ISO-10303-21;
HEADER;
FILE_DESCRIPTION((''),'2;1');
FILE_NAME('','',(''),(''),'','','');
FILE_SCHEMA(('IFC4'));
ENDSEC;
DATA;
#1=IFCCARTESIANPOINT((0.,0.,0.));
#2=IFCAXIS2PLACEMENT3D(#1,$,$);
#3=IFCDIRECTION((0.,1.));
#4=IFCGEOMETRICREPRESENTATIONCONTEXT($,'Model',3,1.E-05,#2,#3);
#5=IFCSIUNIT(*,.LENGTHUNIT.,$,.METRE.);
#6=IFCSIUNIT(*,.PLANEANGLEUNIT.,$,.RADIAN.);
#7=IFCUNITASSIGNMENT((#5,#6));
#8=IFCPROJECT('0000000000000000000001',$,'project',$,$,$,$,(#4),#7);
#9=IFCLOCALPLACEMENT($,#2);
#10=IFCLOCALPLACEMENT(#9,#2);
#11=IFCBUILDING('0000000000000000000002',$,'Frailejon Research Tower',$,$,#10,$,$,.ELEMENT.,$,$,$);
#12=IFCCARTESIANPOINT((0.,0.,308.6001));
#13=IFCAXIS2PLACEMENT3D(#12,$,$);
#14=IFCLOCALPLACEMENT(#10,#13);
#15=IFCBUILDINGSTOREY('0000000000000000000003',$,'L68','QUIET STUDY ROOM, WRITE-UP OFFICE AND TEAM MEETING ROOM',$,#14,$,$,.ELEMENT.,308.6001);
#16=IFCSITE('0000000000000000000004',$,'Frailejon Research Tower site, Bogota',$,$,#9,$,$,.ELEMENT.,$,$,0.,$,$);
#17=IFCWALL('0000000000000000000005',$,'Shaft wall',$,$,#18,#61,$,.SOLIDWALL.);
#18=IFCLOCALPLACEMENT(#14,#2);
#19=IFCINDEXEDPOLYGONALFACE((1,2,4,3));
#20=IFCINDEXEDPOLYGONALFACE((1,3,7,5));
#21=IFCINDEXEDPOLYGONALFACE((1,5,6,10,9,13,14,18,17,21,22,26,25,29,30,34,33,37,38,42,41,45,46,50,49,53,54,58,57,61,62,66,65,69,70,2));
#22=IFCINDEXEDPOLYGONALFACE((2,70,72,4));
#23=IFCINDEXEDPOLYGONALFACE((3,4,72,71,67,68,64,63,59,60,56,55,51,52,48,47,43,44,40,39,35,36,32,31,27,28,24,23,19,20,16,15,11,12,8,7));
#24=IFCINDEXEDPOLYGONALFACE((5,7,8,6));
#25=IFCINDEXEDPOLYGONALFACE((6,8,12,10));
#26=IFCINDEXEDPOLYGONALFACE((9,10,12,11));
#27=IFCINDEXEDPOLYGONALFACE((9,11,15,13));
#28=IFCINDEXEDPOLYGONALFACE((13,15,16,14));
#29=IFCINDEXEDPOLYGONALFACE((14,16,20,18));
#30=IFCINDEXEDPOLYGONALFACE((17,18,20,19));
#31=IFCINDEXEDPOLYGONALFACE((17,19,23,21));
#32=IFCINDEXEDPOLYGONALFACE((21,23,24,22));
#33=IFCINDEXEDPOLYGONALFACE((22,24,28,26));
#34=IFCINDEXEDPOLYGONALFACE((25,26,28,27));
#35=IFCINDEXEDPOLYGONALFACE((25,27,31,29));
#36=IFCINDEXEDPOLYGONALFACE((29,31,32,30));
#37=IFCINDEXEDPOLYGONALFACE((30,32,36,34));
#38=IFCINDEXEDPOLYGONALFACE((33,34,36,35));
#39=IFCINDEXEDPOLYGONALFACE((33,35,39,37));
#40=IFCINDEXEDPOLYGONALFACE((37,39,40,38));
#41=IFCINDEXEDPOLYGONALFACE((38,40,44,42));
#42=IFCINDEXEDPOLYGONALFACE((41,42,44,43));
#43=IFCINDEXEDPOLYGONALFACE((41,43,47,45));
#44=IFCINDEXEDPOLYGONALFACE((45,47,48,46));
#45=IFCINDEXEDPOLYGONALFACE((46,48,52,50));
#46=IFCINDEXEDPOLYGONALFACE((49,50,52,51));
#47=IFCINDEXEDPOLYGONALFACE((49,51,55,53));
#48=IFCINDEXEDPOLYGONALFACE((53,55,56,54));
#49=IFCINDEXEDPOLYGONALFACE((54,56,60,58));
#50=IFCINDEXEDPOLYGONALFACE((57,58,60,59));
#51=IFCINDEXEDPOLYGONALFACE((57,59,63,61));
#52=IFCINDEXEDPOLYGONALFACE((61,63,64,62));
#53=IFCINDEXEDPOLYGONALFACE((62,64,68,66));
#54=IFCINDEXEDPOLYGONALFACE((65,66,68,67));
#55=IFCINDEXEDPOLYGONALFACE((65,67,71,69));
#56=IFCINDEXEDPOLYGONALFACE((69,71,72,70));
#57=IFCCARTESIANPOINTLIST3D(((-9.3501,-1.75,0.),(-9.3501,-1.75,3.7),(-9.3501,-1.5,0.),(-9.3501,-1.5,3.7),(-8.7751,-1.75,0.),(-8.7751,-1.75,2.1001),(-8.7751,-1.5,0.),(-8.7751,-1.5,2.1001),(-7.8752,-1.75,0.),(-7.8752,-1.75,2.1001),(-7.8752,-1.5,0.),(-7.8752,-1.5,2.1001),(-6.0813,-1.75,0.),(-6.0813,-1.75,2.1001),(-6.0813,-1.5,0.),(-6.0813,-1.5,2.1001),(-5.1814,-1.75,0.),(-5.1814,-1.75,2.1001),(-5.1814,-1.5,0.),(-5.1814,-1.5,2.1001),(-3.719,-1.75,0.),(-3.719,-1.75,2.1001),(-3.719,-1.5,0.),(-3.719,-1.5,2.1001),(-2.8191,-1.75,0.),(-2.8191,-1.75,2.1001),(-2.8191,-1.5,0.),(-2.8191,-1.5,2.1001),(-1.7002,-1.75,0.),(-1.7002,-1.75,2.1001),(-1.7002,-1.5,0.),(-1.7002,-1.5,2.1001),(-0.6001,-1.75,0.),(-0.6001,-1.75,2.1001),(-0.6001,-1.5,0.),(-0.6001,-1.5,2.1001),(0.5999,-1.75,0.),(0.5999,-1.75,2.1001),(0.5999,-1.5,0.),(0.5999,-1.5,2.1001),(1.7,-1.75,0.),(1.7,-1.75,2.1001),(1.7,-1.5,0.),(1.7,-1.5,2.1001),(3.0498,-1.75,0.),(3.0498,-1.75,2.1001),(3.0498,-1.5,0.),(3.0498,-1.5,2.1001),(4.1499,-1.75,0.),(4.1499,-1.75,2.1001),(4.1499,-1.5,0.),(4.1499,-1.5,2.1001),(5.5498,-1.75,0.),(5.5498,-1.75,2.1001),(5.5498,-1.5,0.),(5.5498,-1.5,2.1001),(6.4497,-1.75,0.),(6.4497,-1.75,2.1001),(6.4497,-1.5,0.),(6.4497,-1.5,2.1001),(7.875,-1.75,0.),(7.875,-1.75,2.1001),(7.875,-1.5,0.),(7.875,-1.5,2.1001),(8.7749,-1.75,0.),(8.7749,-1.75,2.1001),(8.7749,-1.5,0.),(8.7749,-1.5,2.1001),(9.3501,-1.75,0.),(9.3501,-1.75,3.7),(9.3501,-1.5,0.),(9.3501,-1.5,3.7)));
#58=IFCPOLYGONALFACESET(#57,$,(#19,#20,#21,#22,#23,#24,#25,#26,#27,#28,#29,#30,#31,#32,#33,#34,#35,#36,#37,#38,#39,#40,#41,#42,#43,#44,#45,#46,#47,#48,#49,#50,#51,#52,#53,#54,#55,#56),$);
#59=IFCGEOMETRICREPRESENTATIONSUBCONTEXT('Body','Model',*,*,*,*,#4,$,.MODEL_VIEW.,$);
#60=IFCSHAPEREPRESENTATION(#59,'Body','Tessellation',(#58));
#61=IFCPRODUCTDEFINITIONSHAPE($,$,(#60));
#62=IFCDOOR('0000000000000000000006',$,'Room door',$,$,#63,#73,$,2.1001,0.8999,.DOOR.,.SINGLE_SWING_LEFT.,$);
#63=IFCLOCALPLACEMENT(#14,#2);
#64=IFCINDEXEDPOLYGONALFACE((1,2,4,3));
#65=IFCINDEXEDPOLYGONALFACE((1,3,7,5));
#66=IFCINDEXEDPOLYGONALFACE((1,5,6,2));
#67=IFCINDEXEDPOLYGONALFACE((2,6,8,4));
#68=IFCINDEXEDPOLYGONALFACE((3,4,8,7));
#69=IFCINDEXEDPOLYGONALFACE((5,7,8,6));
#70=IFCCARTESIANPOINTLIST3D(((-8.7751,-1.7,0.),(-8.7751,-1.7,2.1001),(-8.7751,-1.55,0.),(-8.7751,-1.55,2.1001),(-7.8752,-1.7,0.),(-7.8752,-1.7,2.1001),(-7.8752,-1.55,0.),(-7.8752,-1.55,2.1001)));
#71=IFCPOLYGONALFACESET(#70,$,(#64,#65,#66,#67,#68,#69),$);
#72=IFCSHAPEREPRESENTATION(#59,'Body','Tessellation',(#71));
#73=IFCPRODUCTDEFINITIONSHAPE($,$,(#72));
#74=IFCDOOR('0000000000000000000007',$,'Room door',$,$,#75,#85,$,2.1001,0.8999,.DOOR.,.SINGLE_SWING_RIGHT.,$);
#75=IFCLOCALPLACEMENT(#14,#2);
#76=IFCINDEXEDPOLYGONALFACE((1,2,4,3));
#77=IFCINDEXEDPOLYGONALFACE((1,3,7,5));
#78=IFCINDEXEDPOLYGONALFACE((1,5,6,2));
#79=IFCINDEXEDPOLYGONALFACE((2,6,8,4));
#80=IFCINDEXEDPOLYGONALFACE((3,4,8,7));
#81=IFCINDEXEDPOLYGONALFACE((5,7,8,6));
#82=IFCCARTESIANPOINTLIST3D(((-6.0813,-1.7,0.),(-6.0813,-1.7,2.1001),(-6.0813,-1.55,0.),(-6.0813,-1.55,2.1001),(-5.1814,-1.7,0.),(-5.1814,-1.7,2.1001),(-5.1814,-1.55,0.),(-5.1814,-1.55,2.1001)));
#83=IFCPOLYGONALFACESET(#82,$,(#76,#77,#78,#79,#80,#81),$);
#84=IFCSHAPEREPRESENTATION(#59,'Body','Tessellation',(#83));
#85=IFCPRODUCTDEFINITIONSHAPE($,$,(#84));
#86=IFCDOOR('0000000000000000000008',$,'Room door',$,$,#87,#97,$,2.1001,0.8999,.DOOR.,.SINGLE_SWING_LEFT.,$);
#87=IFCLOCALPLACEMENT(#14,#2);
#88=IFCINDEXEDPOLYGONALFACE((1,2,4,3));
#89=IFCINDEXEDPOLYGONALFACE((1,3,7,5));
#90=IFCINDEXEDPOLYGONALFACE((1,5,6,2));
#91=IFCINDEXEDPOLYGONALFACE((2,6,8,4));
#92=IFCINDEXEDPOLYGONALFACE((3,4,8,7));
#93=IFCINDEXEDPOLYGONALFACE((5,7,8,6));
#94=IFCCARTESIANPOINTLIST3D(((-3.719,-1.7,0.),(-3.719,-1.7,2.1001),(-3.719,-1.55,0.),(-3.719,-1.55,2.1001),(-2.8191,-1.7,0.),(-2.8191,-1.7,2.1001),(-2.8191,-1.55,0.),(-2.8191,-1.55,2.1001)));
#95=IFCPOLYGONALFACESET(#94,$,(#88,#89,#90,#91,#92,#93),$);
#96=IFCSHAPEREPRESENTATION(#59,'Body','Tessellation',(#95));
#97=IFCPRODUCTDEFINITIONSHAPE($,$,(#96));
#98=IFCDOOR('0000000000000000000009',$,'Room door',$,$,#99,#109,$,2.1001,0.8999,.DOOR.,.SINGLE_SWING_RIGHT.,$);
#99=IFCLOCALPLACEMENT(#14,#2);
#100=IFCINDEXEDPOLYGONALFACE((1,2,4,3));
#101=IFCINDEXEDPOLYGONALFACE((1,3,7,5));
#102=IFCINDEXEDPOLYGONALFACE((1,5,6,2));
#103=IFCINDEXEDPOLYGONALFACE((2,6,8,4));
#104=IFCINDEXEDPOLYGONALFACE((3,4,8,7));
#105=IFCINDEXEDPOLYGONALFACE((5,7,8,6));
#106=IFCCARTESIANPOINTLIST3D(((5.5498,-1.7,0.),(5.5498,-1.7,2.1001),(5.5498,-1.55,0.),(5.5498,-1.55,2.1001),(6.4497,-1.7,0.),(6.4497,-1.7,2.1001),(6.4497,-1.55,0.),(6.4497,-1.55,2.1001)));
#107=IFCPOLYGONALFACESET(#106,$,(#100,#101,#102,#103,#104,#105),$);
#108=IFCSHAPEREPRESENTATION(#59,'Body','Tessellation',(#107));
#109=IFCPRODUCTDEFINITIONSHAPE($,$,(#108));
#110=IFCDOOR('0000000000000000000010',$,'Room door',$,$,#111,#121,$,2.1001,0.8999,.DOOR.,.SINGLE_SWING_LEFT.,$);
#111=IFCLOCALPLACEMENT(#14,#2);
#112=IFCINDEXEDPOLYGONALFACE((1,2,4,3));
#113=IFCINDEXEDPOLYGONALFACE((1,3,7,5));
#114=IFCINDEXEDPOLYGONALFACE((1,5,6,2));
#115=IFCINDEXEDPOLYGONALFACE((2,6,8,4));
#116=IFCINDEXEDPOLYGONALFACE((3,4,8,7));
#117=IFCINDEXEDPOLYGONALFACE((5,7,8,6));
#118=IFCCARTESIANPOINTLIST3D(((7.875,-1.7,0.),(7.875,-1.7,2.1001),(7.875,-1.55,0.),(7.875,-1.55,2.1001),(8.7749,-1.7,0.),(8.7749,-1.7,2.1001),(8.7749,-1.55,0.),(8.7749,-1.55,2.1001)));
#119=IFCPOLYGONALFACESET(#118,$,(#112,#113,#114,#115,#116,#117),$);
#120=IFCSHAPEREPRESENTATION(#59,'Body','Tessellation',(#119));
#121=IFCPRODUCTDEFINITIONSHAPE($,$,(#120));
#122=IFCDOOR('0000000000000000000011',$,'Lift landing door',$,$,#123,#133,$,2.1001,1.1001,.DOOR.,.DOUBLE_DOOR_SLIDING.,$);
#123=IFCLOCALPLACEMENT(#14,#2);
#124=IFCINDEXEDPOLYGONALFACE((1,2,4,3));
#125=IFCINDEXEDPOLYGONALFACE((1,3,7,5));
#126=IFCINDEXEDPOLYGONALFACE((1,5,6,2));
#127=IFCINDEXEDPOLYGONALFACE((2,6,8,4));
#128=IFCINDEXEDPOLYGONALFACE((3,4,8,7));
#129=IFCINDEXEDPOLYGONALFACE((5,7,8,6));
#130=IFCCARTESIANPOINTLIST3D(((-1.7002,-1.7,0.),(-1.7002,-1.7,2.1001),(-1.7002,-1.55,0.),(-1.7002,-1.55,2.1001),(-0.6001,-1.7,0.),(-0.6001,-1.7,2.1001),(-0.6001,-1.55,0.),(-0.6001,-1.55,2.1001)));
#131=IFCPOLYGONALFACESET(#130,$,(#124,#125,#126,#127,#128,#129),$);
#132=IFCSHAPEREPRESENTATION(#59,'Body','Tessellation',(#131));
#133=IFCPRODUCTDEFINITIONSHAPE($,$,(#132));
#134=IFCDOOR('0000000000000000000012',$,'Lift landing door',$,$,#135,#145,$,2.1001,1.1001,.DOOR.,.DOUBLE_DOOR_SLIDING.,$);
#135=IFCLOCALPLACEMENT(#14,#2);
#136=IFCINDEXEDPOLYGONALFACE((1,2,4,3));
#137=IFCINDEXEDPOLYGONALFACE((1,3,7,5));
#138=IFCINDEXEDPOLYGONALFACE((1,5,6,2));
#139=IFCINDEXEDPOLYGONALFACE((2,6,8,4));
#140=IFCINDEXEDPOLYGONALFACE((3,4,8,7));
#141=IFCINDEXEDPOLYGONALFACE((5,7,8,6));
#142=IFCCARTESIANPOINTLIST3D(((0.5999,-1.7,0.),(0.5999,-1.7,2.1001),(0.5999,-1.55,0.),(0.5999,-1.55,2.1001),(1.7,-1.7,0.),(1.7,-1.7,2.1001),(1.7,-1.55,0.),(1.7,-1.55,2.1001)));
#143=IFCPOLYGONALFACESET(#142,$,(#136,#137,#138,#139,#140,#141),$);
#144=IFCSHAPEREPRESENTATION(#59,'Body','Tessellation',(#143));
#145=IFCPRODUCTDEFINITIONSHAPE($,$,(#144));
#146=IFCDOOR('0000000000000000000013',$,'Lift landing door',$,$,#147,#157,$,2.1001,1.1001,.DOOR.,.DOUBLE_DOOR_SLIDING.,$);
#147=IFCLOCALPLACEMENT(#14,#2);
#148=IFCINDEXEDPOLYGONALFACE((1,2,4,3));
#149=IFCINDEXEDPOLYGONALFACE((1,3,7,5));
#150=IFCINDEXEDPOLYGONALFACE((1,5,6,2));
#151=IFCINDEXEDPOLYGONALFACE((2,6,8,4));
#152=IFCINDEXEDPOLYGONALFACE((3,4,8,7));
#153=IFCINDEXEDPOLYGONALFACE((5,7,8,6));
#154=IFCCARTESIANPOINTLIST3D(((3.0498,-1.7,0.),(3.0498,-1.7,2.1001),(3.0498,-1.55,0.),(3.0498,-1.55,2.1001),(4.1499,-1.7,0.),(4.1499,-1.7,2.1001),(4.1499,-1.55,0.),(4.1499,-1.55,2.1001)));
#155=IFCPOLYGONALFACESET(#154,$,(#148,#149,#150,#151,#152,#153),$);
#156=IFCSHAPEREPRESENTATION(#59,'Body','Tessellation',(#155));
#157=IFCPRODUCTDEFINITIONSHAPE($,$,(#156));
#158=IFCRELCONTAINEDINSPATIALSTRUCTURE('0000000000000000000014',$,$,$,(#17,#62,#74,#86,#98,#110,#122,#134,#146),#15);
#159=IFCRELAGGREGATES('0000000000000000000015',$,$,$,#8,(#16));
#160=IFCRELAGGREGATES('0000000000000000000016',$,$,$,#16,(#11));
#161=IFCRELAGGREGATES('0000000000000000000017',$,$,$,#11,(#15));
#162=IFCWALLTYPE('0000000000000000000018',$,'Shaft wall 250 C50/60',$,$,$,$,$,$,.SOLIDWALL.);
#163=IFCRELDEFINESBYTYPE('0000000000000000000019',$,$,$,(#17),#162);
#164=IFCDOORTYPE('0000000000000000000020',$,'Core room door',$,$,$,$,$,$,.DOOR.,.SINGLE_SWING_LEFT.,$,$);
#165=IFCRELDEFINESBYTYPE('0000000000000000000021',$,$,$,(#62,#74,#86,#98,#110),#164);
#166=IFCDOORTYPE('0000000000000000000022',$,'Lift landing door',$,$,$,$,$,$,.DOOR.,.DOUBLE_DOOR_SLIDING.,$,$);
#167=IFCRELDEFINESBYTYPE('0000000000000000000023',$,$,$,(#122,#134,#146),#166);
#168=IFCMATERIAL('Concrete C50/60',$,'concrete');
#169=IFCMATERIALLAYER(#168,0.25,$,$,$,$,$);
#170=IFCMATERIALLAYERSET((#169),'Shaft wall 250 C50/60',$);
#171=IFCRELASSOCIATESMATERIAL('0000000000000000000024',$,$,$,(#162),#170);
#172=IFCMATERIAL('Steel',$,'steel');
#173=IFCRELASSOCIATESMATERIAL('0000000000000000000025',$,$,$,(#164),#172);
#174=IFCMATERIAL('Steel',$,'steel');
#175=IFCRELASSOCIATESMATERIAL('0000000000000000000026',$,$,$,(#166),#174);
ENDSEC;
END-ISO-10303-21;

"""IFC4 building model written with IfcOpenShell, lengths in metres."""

from ifc_helpers import new_model, si_unit, direction, frame, frame_2d, origin, place, context, subcontext, project, spatial, rectangle, extrude, material, layer, layer_set, type_object, element, fill, save


model = new_model("IFC4")

# Units and contexts
model_context = context("Model", 3, precision=1e-05, world=origin(), true_north=direction((0.0, 1.0)))
body_context = subcontext(model_context, "Body", "Model", "MODEL_VIEW")
ifc_project = project(units=[si_unit("LENGTHUNIT", "METRE"), si_unit("PLANEANGLEUNIT", "RADIAN")], contexts=[model_context])

# Site, building, storey
site_placement = place(None, origin())
site = spatial("IfcSite", under=ifc_project, at=site_placement, Name="Frailejon Research Tower site, Bogota", CompositionType="ELEMENT", RefElevation=0.0)
building_placement = place(site_placement, origin())
building = spatial("IfcBuilding", under=site, at=building_placement, Name="Frailejon Research Tower", CompositionType="ELEMENT")
storey_placement = place(building_placement, frame((0.0, 0.0, 308.6001)))
storey = spatial("IfcBuildingStorey", under=building, at=storey_placement, Name="L68", Description="QUIET STUDY ROOM, WRITE-UP OFFICE AND TEAM MEETING ROOM", CompositionType="ELEMENT", Elevation=308.6001)

# Wall, openings, doors
ifc_material_1 = material(Name="Concrete C50/60", Category="concrete")
ifc_layer_1 = layer(ifc_material_1, 0.25)
ifc_layer_set_1 = layer_set([ifc_layer_1], Name="Shaft wall 250 C50/60")
wall_type_1 = type_object("IfcWallType", Name="Shaft wall 250 C50/60", PredefinedType="SOLIDWALL", material=ifc_layer_set_1)
wall_1_placement = place(storey_placement, frame((-9.3501, -1.625, 0.0), z_axis=(0.0, 0.0, 1.0), x_axis=(1.0, 0.0, 0.0)))
wall_1 = element("IfcWall", 1, at=wall_1_placement, inside=storey, type_object=wall_type_1, Name="Shaft wall", PredefinedType="SOLIDWALL", context=body_context, shape_type="SweptSolid", body=[
    extrude(rectangle(XDim=18.7002, YDim=0.25, at=frame_2d((9.3501, 0.0))), origin(), (0.0, 0.0, 1.0), 3.7),
])
opening_1_placement = place(wall_1_placement, frame((7.6499, 0.0, 0.0)))
opening_1 = element("IfcOpeningElement", 2, at=opening_1_placement, cuts=wall_1, PredefinedType="OPENING", context=body_context, shape_type="SweptSolid", body=[
    extrude(rectangle(XDim=1.1001, YDim=2.1001, at=frame_2d((0.55, 1.05))), frame((0.0, 0.135, 0.0), z_axis=(0.0, -1.0, 0.0), x_axis=(1.0, 0.0, 0.0)), (0.0, 0.0, 1.0), 0.27),
])
opening_2_placement = place(wall_1_placement, frame((9.95, 0.0, 0.0)))
opening_2 = element("IfcOpeningElement", 3, at=opening_2_placement, cuts=wall_1, PredefinedType="OPENING", context=body_context, shape_type="SweptSolid", body=[
    extrude(rectangle(XDim=1.1001, YDim=2.1001, at=frame_2d((0.55, 1.05))), frame((0.0, 0.135, 0.0), z_axis=(0.0, -1.0, 0.0), x_axis=(1.0, 0.0, 0.0)), (0.0, 0.0, 1.0), 0.27),
])
opening_3_placement = place(wall_1_placement, frame((12.3999, 0.0, 0.0)))
opening_3 = element("IfcOpeningElement", 4, at=opening_3_placement, cuts=wall_1, PredefinedType="OPENING", context=body_context, shape_type="SweptSolid", body=[
    extrude(rectangle(XDim=1.1001, YDim=2.1001, at=frame_2d((0.55, 1.05))), frame((0.0, 0.135, 0.0), z_axis=(0.0, -1.0, 0.0), x_axis=(1.0, 0.0, 0.0)), (0.0, 0.0, 1.0), 0.27),
])
opening_4_placement = place(wall_1_placement, frame((0.575, 0.0, 0.0)))
opening_4 = element("IfcOpeningElement", 5, at=opening_4_placement, cuts=wall_1, PredefinedType="OPENING", context=body_context, shape_type="SweptSolid", body=[
    extrude(rectangle(XDim=0.8999, YDim=2.1001, at=frame_2d((0.45, 1.05))), frame((0.0, 0.135, 0.0), z_axis=(0.0, -1.0, 0.0), x_axis=(1.0, 0.0, 0.0)), (0.0, 0.0, 1.0), 0.27),
])
opening_5_placement = place(wall_1_placement, frame((3.2688, 0.0, 0.0)))
opening_5 = element("IfcOpeningElement", 6, at=opening_5_placement, cuts=wall_1, PredefinedType="OPENING", context=body_context, shape_type="SweptSolid", body=[
    extrude(rectangle(XDim=0.8999, YDim=2.1001, at=frame_2d((0.45, 1.05))), frame((0.0, 0.135, 0.0), z_axis=(0.0, -1.0, 0.0), x_axis=(1.0, 0.0, 0.0)), (0.0, 0.0, 1.0), 0.27),
])
opening_6_placement = place(wall_1_placement, frame((5.6311, 0.0, 0.0)))
opening_6 = element("IfcOpeningElement", 7, at=opening_6_placement, cuts=wall_1, PredefinedType="OPENING", context=body_context, shape_type="SweptSolid", body=[
    extrude(rectangle(XDim=0.8999, YDim=2.1001, at=frame_2d((0.45, 1.05))), frame((0.0, 0.135, 0.0), z_axis=(0.0, -1.0, 0.0), x_axis=(1.0, 0.0, 0.0)), (0.0, 0.0, 1.0), 0.27),
])
opening_7_placement = place(wall_1_placement, frame((14.8999, 0.0, 0.0)))
opening_7 = element("IfcOpeningElement", 8, at=opening_7_placement, cuts=wall_1, PredefinedType="OPENING", context=body_context, shape_type="SweptSolid", body=[
    extrude(rectangle(XDim=0.8999, YDim=2.1001, at=frame_2d((0.45, 1.05))), frame((0.0, 0.135, 0.0), z_axis=(0.0, -1.0, 0.0), x_axis=(1.0, 0.0, 0.0)), (0.0, 0.0, 1.0), 0.27),
])
opening_8_placement = place(wall_1_placement, frame((17.2251, 0.0, 0.0)))
opening_8 = element("IfcOpeningElement", 9, at=opening_8_placement, cuts=wall_1, PredefinedType="OPENING", context=body_context, shape_type="SweptSolid", body=[
    extrude(rectangle(XDim=0.8999, YDim=2.1001, at=frame_2d((0.45, 1.05))), frame((0.0, 0.135, 0.0), z_axis=(0.0, -1.0, 0.0), x_axis=(1.0, 0.0, 0.0)), (0.0, 0.0, 1.0), 0.27),
])
ifc_material_2 = material(Name="Steel", Category="steel")
door_type_1 = type_object("IfcDoorType", Name="Core room door", OperationType="SINGLE_SWING_LEFT", PredefinedType="DOOR", material=ifc_material_2)
door_1_placement = place(opening_4_placement, origin())
door_1 = element("IfcDoor", 10, at=door_1_placement, inside=storey, type_object=door_type_1, Name="Room door", OperationType="SINGLE_SWING_LEFT", OverallHeight=2.1001, OverallWidth=0.8999, PredefinedType="DOOR", context=body_context, shape_type="SweptSolid", body=[
    extrude(rectangle(XDim=0.8999, YDim=2.1001, at=frame_2d((0.45, 1.05))), frame((0.0, 0.075, 0.0), z_axis=(0.0, -1.0, 0.0), x_axis=(1.0, 0.0, 0.0)), (0.0, 0.0, 1.0), 0.1499),
])
fill(opening_4, door_1)
door_2_placement = place(opening_5_placement, origin())
door_2 = element("IfcDoor", 11, at=door_2_placement, inside=storey, type_object=door_type_1, Name="Room door", OperationType="SINGLE_SWING_RIGHT", OverallHeight=2.1001, OverallWidth=0.8999, PredefinedType="DOOR", context=body_context, shape_type="SweptSolid", body=[
    extrude(rectangle(XDim=0.8999, YDim=2.1001, at=frame_2d((0.45, 1.05))), frame((0.0, 0.075, 0.0), z_axis=(0.0, -1.0, 0.0), x_axis=(1.0, 0.0, 0.0)), (0.0, 0.0, 1.0), 0.1499),
])
fill(opening_5, door_2)
door_3_placement = place(opening_6_placement, origin())
door_3 = element("IfcDoor", 12, at=door_3_placement, inside=storey, type_object=door_type_1, Name="Room door", OperationType="SINGLE_SWING_LEFT", OverallHeight=2.1001, OverallWidth=0.8999, PredefinedType="DOOR", context=body_context, shape_type="SweptSolid", body=[
    extrude(rectangle(XDim=0.8999, YDim=2.1001, at=frame_2d((0.45, 1.05))), frame((0.0, 0.075, 0.0), z_axis=(0.0, -1.0, 0.0), x_axis=(1.0, 0.0, 0.0)), (0.0, 0.0, 1.0), 0.1499),
])
fill(opening_6, door_3)
door_4_placement = place(opening_7_placement, origin())
door_4 = element("IfcDoor", 13, at=door_4_placement, inside=storey, type_object=door_type_1, Name="Room door", OperationType="SINGLE_SWING_RIGHT", OverallHeight=2.1001, OverallWidth=0.8999, PredefinedType="DOOR", context=body_context, shape_type="SweptSolid", body=[
    extrude(rectangle(XDim=0.8999, YDim=2.1001, at=frame_2d((0.45, 1.05))), frame((0.0, 0.075, 0.0), z_axis=(0.0, -1.0, 0.0), x_axis=(1.0, 0.0, 0.0)), (0.0, 0.0, 1.0), 0.1499),
])
fill(opening_7, door_4)
door_5_placement = place(opening_8_placement, origin())
door_5 = element("IfcDoor", 14, at=door_5_placement, inside=storey, type_object=door_type_1, Name="Room door", OperationType="SINGLE_SWING_LEFT", OverallHeight=2.1001, OverallWidth=0.8999, PredefinedType="DOOR", context=body_context, shape_type="SweptSolid", body=[
    extrude(rectangle(XDim=0.8999, YDim=2.1001, at=frame_2d((0.45, 1.05))), frame((0.0, 0.075, 0.0), z_axis=(0.0, -1.0, 0.0), x_axis=(1.0, 0.0, 0.0)), (0.0, 0.0, 1.0), 0.1499),
])
fill(opening_8, door_5)
ifc_material_3 = material(Name="Steel", Category="steel")
door_type_2 = type_object("IfcDoorType", Name="Lift landing door", OperationType="DOUBLE_DOOR_SLIDING", PredefinedType="DOOR", material=ifc_material_3)
door_6_placement = place(opening_1_placement, origin())
door_6 = element("IfcDoor", 15, at=door_6_placement, inside=storey, type_object=door_type_2, Name="Lift landing door", OperationType="DOUBLE_DOOR_SLIDING", OverallHeight=2.1001, OverallWidth=1.1001, PredefinedType="DOOR", context=body_context, shape_type="SweptSolid", body=[
    extrude(rectangle(XDim=1.1001, YDim=2.1001, at=frame_2d((0.55, 1.05))), frame((0.0, 0.075, 0.0), z_axis=(0.0, -1.0, 0.0), x_axis=(1.0, 0.0, 0.0)), (0.0, 0.0, 1.0), 0.1499),
])
fill(opening_1, door_6)
door_7_placement = place(opening_2_placement, origin())
door_7 = element("IfcDoor", 16, at=door_7_placement, inside=storey, type_object=door_type_2, Name="Lift landing door", OperationType="DOUBLE_DOOR_SLIDING", OverallHeight=2.1001, OverallWidth=1.1001, PredefinedType="DOOR", context=body_context, shape_type="SweptSolid", body=[
    extrude(rectangle(XDim=1.1001, YDim=2.1001, at=frame_2d((0.55, 1.05))), frame((0.0, 0.075, 0.0), z_axis=(0.0, -1.0, 0.0), x_axis=(1.0, 0.0, 0.0)), (0.0, 0.0, 1.0), 0.1499),
])
fill(opening_2, door_7)
door_8_placement = place(opening_3_placement, origin())
door_8 = element("IfcDoor", 17, at=door_8_placement, inside=storey, type_object=door_type_2, Name="Lift landing door", OperationType="DOUBLE_DOOR_SLIDING", OverallHeight=2.1001, OverallWidth=1.1001, PredefinedType="DOOR", context=body_context, shape_type="SweptSolid", body=[
    extrude(rectangle(XDim=1.1001, YDim=2.1001, at=frame_2d((0.55, 1.05))), frame((0.0, 0.075, 0.0), z_axis=(0.0, -1.0, 0.0), x_axis=(1.0, 0.0, 0.0)), (0.0, 0.0, 1.0), 0.1499),
])
fill(opening_3, door_8)

save(model, "model.ifc")
